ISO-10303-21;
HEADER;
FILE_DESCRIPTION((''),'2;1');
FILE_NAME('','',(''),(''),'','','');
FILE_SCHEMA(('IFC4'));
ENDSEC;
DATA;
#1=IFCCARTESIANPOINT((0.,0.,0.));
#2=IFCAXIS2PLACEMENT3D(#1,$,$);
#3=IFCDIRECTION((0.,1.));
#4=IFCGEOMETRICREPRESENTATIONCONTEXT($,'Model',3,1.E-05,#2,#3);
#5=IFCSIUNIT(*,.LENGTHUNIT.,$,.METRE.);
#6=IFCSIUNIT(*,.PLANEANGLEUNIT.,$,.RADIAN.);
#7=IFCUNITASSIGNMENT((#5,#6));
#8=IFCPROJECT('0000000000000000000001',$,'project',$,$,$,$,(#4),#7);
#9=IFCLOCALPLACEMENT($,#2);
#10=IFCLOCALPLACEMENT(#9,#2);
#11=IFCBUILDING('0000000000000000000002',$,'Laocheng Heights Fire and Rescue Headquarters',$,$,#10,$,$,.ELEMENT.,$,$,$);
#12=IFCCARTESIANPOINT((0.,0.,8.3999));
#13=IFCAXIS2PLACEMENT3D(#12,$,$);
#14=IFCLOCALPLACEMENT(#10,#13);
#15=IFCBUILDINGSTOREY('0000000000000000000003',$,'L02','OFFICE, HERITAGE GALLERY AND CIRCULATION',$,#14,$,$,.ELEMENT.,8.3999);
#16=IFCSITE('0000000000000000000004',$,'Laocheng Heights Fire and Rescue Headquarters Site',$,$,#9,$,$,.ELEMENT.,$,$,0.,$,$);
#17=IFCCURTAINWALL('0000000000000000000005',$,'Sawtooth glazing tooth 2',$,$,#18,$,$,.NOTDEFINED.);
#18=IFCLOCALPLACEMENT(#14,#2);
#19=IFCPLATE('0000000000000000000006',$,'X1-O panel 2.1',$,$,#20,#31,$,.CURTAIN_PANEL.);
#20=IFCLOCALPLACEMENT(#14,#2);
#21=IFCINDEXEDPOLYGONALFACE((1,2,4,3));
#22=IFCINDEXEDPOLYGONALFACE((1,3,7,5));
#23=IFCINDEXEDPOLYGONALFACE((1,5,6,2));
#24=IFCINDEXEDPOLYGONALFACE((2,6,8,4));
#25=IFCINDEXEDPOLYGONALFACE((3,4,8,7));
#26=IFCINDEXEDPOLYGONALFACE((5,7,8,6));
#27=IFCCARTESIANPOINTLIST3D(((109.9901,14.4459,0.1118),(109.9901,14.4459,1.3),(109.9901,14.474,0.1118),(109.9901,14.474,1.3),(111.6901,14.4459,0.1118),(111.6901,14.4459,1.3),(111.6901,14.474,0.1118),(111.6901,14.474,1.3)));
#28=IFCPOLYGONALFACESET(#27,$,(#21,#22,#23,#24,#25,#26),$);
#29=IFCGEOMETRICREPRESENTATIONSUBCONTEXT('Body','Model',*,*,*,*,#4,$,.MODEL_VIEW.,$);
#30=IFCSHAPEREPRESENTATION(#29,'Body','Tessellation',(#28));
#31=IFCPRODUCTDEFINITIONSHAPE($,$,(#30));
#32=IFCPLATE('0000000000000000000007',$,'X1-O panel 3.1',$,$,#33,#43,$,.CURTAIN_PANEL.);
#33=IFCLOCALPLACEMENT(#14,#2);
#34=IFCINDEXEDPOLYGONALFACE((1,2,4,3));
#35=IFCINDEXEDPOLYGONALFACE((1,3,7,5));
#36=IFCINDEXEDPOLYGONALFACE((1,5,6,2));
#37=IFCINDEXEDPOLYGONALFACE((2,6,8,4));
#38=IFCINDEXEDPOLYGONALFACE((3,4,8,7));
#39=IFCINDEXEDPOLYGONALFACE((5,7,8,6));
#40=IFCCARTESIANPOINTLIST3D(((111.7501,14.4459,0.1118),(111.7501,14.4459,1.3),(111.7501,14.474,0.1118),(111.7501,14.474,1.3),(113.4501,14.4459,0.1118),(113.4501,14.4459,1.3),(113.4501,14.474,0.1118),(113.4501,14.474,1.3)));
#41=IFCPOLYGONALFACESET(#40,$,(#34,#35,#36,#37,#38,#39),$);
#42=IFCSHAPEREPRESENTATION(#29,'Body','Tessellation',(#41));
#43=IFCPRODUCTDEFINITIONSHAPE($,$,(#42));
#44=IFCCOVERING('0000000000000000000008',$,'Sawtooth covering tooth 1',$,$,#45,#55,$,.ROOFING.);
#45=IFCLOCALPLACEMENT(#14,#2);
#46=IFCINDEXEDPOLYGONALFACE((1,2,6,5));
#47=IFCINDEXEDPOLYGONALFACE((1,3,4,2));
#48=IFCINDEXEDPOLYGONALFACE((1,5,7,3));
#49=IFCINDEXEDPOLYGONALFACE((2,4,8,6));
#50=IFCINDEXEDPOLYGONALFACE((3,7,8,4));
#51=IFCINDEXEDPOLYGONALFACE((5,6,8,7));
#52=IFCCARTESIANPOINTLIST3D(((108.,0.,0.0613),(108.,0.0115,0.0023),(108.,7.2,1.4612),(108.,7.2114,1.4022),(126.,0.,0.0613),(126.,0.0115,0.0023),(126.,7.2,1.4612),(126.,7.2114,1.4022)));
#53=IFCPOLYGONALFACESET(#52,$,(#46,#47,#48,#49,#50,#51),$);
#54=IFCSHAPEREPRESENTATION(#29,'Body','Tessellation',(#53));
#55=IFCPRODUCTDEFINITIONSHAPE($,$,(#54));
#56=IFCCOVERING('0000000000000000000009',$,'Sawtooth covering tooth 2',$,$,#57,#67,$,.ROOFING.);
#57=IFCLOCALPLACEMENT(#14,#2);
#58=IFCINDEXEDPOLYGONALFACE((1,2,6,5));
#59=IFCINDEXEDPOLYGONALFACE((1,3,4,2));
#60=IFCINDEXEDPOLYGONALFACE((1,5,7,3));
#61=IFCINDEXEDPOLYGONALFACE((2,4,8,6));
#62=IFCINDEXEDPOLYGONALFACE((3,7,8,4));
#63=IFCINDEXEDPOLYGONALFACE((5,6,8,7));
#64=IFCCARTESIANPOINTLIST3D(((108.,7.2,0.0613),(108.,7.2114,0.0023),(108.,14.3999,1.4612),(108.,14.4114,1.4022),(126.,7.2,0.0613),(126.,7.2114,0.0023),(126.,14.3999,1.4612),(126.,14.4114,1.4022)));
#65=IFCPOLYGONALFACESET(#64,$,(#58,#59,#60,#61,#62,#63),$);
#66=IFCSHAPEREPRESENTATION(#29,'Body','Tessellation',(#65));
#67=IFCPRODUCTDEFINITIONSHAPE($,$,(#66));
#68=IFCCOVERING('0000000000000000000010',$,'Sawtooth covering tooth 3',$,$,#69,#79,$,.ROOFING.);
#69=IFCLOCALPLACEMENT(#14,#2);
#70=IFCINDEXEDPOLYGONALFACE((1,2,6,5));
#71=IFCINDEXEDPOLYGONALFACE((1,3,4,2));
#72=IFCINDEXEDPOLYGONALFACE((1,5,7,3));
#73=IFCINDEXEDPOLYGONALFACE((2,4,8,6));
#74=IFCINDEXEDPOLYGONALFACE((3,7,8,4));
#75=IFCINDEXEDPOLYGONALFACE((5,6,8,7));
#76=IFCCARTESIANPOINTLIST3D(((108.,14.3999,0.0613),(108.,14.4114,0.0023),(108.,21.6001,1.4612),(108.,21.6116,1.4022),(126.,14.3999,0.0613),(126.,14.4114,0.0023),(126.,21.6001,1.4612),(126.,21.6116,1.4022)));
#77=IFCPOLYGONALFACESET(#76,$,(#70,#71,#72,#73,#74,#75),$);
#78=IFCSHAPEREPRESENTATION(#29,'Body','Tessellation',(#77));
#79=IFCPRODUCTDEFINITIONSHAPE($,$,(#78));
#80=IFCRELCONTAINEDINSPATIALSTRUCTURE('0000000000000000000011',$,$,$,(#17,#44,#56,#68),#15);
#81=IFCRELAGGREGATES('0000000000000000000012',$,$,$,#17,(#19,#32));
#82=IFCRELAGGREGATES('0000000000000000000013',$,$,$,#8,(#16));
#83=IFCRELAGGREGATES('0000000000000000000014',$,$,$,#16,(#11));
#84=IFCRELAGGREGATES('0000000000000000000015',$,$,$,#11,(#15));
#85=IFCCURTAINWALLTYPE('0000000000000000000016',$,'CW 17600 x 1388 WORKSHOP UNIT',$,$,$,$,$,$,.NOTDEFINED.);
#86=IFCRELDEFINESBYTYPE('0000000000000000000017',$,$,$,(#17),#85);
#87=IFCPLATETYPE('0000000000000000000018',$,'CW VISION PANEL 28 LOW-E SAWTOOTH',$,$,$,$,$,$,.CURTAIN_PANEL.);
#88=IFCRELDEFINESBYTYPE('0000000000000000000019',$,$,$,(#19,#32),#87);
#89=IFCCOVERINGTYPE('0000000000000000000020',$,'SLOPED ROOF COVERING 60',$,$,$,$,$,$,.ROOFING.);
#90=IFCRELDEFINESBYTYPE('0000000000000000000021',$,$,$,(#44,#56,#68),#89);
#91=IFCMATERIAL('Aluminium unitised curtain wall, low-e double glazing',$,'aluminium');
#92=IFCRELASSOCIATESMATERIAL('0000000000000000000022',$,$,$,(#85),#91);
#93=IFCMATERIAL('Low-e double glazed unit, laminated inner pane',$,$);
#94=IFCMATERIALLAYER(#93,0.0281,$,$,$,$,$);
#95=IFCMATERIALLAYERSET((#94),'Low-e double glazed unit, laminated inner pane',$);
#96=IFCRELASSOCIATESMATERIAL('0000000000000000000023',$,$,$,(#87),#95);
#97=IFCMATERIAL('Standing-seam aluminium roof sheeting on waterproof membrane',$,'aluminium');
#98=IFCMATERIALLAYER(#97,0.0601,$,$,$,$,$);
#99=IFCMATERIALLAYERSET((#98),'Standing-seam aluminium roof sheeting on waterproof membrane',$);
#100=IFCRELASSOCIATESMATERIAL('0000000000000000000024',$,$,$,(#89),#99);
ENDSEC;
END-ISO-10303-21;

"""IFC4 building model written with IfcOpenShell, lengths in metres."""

from ifc_helpers import new_model, si_unit, direction, frame, origin, origin_2d, place, context, subcontext, project, spatial, polyline, rectangle, outline, extrude, material, layer, layer_set, type_object, element, aggregate, save


model = new_model("IFC4")

# Units and contexts
model_context = context("Model", 3, precision=1e-05, world=origin(), true_north=direction((0.0, 1.0)))
body_context = subcontext(model_context, "Body", "Model", "MODEL_VIEW")
ifc_project = project(units=[si_unit("LENGTHUNIT", "METRE"), si_unit("PLANEANGLEUNIT", "RADIAN")], contexts=[model_context])

# Site, building, storey
site_placement = place(None, origin())
site = spatial("IfcSite", under=ifc_project, at=site_placement, Name="Laocheng Heights Fire and Rescue Headquarters Site", CompositionType="ELEMENT", RefElevation=0.0)
building_placement = place(site_placement, origin())
building = spatial("IfcBuilding", under=site, at=building_placement, Name="Laocheng Heights Fire and Rescue Headquarters", CompositionType="ELEMENT")
storey_placement = place(building_placement, frame((0.0, 0.0, 8.3999)))
storey = spatial("IfcBuildingStorey", under=building, at=storey_placement, Name="L02", Description="OFFICE, HERITAGE GALLERY AND CIRCULATION", CompositionType="ELEMENT", Elevation=8.3999)

# Curtain wall
ifc_material_1 = material(Name="Aluminium unitised curtain wall, low-e double glazing", Category="aluminium")
curtain_wall_type = type_object("IfcCurtainWallType", Name="CW 17600 x 1388 WORKSHOP UNIT", PredefinedType="NOTDEFINED", material=ifc_material_1)
curtain_wall_1_placement = place(storey_placement, origin())
curtain_wall_1 = element("IfcCurtainWall", 1, at=curtain_wall_1_placement, inside=storey, type_object=curtain_wall_type, Name="Sawtooth glazing tooth 2", PredefinedType="NOTDEFINED")

# Plates
ifc_material_2 = material(Name="Low-e double glazed unit, laminated inner pane")
ifc_layer_1 = layer(ifc_material_2, 0.0281)
ifc_layer_set_1 = layer_set([ifc_layer_1], Name="Low-e double glazed unit, laminated inner pane")
plate_type = type_object("IfcPlateType", Name="CW VISION PANEL 28 LOW-E SAWTOOTH", PredefinedType="CURTAIN_PANEL", material=ifc_layer_set_1)
plate_1_placement = place(storey_placement, frame((110.8401, 14.46, 0.1118), z_axis=(0.0, 0.0, 1.0), x_axis=(1.0, 0.0, 0.0)))
plate_1 = element("IfcPlate", 2, at=plate_1_placement, type_object=plate_type, Name="X1-O panel 2.1", PredefinedType="CURTAIN_PANEL", context=body_context, shape_type="SweptSolid", body=[
    extrude(rectangle(XDim=1.7, YDim=0.0281, at=origin_2d()), origin(), (0.0, 0.0, 1.0), 1.1882),
])
plate_2_placement = place(storey_placement, frame((112.6001, 14.46, 0.1118), z_axis=(0.0, 0.0, 1.0), x_axis=(1.0, 0.0, 0.0)))
plate_2 = element("IfcPlate", 3, at=plate_2_placement, type_object=plate_type, Name="X1-O panel 3.1", PredefinedType="CURTAIN_PANEL", context=body_context, shape_type="SweptSolid", body=[
    extrude(rectangle(XDim=1.7, YDim=0.0281, at=origin_2d()), origin(), (0.0, 0.0, 1.0), 1.1882),
])
aggregate(curtain_wall_1, [plate_1, plate_2])

# Coverings
ifc_material_3 = material(Name="Standing-seam aluminium roof sheeting on waterproof membrane", Category="aluminium")
ifc_layer_2 = layer(ifc_material_3, 0.0601)
ifc_layer_set_2 = layer_set([ifc_layer_2], Name="Standing-seam aluminium roof sheeting on waterproof membrane")
covering_type = type_object("IfcCoveringType", Name="SLOPED ROOF COVERING 60", PredefinedType="ROOFING", material=ifc_layer_set_2)
for number, where, z_axis, x_axis, name in (
    (4, (108.0, 0.0, 0.0613), (0.0, -0.190858, 0.981618), (1.0, 0.0, 0.0), "Sawtooth covering tooth 1"),
    (5, (108.0, 7.2, 0.0613), (0.0, -0.190858, 0.981618), (1.0, 0.0, 0.0), "Sawtooth covering tooth 2"),
):
    element("IfcCovering", number, at=place(storey_placement, frame(where, z_axis=z_axis, x_axis=x_axis)), inside=storey, type_object=covering_type, Name=name, PredefinedType="ROOFING", context=body_context, shape_type="SweptSolid", body=[
        extrude(outline(polyline([(0.0, 0.0), (18.0, 0.0), (18.0, 7.3348), (0.0, 7.3348), (0.0, 0.0)])), origin(), (0.0, 0.0, -1.0), 0.0601),
    ])
covering_placement = place(storey_placement, frame((108.0, 14.3999, 0.0613), z_axis=(0.0, -0.190852, 0.981619), x_axis=(1.0, 0.0, 0.0)))
element("IfcCovering", 6, at=covering_placement, inside=storey, type_object=covering_type, Name="Sawtooth covering tooth 3", PredefinedType="ROOFING", context=body_context, shape_type="SweptSolid", body=[
    extrude(outline(polyline([(0.0, 0.0), (18.0, 0.0), (18.0, 7.335), (0.0, 7.335), (0.0, 0.0)])), origin(), (0.0, 0.0, -1.0), 0.0601),
])

save(model, "model.ifc")
